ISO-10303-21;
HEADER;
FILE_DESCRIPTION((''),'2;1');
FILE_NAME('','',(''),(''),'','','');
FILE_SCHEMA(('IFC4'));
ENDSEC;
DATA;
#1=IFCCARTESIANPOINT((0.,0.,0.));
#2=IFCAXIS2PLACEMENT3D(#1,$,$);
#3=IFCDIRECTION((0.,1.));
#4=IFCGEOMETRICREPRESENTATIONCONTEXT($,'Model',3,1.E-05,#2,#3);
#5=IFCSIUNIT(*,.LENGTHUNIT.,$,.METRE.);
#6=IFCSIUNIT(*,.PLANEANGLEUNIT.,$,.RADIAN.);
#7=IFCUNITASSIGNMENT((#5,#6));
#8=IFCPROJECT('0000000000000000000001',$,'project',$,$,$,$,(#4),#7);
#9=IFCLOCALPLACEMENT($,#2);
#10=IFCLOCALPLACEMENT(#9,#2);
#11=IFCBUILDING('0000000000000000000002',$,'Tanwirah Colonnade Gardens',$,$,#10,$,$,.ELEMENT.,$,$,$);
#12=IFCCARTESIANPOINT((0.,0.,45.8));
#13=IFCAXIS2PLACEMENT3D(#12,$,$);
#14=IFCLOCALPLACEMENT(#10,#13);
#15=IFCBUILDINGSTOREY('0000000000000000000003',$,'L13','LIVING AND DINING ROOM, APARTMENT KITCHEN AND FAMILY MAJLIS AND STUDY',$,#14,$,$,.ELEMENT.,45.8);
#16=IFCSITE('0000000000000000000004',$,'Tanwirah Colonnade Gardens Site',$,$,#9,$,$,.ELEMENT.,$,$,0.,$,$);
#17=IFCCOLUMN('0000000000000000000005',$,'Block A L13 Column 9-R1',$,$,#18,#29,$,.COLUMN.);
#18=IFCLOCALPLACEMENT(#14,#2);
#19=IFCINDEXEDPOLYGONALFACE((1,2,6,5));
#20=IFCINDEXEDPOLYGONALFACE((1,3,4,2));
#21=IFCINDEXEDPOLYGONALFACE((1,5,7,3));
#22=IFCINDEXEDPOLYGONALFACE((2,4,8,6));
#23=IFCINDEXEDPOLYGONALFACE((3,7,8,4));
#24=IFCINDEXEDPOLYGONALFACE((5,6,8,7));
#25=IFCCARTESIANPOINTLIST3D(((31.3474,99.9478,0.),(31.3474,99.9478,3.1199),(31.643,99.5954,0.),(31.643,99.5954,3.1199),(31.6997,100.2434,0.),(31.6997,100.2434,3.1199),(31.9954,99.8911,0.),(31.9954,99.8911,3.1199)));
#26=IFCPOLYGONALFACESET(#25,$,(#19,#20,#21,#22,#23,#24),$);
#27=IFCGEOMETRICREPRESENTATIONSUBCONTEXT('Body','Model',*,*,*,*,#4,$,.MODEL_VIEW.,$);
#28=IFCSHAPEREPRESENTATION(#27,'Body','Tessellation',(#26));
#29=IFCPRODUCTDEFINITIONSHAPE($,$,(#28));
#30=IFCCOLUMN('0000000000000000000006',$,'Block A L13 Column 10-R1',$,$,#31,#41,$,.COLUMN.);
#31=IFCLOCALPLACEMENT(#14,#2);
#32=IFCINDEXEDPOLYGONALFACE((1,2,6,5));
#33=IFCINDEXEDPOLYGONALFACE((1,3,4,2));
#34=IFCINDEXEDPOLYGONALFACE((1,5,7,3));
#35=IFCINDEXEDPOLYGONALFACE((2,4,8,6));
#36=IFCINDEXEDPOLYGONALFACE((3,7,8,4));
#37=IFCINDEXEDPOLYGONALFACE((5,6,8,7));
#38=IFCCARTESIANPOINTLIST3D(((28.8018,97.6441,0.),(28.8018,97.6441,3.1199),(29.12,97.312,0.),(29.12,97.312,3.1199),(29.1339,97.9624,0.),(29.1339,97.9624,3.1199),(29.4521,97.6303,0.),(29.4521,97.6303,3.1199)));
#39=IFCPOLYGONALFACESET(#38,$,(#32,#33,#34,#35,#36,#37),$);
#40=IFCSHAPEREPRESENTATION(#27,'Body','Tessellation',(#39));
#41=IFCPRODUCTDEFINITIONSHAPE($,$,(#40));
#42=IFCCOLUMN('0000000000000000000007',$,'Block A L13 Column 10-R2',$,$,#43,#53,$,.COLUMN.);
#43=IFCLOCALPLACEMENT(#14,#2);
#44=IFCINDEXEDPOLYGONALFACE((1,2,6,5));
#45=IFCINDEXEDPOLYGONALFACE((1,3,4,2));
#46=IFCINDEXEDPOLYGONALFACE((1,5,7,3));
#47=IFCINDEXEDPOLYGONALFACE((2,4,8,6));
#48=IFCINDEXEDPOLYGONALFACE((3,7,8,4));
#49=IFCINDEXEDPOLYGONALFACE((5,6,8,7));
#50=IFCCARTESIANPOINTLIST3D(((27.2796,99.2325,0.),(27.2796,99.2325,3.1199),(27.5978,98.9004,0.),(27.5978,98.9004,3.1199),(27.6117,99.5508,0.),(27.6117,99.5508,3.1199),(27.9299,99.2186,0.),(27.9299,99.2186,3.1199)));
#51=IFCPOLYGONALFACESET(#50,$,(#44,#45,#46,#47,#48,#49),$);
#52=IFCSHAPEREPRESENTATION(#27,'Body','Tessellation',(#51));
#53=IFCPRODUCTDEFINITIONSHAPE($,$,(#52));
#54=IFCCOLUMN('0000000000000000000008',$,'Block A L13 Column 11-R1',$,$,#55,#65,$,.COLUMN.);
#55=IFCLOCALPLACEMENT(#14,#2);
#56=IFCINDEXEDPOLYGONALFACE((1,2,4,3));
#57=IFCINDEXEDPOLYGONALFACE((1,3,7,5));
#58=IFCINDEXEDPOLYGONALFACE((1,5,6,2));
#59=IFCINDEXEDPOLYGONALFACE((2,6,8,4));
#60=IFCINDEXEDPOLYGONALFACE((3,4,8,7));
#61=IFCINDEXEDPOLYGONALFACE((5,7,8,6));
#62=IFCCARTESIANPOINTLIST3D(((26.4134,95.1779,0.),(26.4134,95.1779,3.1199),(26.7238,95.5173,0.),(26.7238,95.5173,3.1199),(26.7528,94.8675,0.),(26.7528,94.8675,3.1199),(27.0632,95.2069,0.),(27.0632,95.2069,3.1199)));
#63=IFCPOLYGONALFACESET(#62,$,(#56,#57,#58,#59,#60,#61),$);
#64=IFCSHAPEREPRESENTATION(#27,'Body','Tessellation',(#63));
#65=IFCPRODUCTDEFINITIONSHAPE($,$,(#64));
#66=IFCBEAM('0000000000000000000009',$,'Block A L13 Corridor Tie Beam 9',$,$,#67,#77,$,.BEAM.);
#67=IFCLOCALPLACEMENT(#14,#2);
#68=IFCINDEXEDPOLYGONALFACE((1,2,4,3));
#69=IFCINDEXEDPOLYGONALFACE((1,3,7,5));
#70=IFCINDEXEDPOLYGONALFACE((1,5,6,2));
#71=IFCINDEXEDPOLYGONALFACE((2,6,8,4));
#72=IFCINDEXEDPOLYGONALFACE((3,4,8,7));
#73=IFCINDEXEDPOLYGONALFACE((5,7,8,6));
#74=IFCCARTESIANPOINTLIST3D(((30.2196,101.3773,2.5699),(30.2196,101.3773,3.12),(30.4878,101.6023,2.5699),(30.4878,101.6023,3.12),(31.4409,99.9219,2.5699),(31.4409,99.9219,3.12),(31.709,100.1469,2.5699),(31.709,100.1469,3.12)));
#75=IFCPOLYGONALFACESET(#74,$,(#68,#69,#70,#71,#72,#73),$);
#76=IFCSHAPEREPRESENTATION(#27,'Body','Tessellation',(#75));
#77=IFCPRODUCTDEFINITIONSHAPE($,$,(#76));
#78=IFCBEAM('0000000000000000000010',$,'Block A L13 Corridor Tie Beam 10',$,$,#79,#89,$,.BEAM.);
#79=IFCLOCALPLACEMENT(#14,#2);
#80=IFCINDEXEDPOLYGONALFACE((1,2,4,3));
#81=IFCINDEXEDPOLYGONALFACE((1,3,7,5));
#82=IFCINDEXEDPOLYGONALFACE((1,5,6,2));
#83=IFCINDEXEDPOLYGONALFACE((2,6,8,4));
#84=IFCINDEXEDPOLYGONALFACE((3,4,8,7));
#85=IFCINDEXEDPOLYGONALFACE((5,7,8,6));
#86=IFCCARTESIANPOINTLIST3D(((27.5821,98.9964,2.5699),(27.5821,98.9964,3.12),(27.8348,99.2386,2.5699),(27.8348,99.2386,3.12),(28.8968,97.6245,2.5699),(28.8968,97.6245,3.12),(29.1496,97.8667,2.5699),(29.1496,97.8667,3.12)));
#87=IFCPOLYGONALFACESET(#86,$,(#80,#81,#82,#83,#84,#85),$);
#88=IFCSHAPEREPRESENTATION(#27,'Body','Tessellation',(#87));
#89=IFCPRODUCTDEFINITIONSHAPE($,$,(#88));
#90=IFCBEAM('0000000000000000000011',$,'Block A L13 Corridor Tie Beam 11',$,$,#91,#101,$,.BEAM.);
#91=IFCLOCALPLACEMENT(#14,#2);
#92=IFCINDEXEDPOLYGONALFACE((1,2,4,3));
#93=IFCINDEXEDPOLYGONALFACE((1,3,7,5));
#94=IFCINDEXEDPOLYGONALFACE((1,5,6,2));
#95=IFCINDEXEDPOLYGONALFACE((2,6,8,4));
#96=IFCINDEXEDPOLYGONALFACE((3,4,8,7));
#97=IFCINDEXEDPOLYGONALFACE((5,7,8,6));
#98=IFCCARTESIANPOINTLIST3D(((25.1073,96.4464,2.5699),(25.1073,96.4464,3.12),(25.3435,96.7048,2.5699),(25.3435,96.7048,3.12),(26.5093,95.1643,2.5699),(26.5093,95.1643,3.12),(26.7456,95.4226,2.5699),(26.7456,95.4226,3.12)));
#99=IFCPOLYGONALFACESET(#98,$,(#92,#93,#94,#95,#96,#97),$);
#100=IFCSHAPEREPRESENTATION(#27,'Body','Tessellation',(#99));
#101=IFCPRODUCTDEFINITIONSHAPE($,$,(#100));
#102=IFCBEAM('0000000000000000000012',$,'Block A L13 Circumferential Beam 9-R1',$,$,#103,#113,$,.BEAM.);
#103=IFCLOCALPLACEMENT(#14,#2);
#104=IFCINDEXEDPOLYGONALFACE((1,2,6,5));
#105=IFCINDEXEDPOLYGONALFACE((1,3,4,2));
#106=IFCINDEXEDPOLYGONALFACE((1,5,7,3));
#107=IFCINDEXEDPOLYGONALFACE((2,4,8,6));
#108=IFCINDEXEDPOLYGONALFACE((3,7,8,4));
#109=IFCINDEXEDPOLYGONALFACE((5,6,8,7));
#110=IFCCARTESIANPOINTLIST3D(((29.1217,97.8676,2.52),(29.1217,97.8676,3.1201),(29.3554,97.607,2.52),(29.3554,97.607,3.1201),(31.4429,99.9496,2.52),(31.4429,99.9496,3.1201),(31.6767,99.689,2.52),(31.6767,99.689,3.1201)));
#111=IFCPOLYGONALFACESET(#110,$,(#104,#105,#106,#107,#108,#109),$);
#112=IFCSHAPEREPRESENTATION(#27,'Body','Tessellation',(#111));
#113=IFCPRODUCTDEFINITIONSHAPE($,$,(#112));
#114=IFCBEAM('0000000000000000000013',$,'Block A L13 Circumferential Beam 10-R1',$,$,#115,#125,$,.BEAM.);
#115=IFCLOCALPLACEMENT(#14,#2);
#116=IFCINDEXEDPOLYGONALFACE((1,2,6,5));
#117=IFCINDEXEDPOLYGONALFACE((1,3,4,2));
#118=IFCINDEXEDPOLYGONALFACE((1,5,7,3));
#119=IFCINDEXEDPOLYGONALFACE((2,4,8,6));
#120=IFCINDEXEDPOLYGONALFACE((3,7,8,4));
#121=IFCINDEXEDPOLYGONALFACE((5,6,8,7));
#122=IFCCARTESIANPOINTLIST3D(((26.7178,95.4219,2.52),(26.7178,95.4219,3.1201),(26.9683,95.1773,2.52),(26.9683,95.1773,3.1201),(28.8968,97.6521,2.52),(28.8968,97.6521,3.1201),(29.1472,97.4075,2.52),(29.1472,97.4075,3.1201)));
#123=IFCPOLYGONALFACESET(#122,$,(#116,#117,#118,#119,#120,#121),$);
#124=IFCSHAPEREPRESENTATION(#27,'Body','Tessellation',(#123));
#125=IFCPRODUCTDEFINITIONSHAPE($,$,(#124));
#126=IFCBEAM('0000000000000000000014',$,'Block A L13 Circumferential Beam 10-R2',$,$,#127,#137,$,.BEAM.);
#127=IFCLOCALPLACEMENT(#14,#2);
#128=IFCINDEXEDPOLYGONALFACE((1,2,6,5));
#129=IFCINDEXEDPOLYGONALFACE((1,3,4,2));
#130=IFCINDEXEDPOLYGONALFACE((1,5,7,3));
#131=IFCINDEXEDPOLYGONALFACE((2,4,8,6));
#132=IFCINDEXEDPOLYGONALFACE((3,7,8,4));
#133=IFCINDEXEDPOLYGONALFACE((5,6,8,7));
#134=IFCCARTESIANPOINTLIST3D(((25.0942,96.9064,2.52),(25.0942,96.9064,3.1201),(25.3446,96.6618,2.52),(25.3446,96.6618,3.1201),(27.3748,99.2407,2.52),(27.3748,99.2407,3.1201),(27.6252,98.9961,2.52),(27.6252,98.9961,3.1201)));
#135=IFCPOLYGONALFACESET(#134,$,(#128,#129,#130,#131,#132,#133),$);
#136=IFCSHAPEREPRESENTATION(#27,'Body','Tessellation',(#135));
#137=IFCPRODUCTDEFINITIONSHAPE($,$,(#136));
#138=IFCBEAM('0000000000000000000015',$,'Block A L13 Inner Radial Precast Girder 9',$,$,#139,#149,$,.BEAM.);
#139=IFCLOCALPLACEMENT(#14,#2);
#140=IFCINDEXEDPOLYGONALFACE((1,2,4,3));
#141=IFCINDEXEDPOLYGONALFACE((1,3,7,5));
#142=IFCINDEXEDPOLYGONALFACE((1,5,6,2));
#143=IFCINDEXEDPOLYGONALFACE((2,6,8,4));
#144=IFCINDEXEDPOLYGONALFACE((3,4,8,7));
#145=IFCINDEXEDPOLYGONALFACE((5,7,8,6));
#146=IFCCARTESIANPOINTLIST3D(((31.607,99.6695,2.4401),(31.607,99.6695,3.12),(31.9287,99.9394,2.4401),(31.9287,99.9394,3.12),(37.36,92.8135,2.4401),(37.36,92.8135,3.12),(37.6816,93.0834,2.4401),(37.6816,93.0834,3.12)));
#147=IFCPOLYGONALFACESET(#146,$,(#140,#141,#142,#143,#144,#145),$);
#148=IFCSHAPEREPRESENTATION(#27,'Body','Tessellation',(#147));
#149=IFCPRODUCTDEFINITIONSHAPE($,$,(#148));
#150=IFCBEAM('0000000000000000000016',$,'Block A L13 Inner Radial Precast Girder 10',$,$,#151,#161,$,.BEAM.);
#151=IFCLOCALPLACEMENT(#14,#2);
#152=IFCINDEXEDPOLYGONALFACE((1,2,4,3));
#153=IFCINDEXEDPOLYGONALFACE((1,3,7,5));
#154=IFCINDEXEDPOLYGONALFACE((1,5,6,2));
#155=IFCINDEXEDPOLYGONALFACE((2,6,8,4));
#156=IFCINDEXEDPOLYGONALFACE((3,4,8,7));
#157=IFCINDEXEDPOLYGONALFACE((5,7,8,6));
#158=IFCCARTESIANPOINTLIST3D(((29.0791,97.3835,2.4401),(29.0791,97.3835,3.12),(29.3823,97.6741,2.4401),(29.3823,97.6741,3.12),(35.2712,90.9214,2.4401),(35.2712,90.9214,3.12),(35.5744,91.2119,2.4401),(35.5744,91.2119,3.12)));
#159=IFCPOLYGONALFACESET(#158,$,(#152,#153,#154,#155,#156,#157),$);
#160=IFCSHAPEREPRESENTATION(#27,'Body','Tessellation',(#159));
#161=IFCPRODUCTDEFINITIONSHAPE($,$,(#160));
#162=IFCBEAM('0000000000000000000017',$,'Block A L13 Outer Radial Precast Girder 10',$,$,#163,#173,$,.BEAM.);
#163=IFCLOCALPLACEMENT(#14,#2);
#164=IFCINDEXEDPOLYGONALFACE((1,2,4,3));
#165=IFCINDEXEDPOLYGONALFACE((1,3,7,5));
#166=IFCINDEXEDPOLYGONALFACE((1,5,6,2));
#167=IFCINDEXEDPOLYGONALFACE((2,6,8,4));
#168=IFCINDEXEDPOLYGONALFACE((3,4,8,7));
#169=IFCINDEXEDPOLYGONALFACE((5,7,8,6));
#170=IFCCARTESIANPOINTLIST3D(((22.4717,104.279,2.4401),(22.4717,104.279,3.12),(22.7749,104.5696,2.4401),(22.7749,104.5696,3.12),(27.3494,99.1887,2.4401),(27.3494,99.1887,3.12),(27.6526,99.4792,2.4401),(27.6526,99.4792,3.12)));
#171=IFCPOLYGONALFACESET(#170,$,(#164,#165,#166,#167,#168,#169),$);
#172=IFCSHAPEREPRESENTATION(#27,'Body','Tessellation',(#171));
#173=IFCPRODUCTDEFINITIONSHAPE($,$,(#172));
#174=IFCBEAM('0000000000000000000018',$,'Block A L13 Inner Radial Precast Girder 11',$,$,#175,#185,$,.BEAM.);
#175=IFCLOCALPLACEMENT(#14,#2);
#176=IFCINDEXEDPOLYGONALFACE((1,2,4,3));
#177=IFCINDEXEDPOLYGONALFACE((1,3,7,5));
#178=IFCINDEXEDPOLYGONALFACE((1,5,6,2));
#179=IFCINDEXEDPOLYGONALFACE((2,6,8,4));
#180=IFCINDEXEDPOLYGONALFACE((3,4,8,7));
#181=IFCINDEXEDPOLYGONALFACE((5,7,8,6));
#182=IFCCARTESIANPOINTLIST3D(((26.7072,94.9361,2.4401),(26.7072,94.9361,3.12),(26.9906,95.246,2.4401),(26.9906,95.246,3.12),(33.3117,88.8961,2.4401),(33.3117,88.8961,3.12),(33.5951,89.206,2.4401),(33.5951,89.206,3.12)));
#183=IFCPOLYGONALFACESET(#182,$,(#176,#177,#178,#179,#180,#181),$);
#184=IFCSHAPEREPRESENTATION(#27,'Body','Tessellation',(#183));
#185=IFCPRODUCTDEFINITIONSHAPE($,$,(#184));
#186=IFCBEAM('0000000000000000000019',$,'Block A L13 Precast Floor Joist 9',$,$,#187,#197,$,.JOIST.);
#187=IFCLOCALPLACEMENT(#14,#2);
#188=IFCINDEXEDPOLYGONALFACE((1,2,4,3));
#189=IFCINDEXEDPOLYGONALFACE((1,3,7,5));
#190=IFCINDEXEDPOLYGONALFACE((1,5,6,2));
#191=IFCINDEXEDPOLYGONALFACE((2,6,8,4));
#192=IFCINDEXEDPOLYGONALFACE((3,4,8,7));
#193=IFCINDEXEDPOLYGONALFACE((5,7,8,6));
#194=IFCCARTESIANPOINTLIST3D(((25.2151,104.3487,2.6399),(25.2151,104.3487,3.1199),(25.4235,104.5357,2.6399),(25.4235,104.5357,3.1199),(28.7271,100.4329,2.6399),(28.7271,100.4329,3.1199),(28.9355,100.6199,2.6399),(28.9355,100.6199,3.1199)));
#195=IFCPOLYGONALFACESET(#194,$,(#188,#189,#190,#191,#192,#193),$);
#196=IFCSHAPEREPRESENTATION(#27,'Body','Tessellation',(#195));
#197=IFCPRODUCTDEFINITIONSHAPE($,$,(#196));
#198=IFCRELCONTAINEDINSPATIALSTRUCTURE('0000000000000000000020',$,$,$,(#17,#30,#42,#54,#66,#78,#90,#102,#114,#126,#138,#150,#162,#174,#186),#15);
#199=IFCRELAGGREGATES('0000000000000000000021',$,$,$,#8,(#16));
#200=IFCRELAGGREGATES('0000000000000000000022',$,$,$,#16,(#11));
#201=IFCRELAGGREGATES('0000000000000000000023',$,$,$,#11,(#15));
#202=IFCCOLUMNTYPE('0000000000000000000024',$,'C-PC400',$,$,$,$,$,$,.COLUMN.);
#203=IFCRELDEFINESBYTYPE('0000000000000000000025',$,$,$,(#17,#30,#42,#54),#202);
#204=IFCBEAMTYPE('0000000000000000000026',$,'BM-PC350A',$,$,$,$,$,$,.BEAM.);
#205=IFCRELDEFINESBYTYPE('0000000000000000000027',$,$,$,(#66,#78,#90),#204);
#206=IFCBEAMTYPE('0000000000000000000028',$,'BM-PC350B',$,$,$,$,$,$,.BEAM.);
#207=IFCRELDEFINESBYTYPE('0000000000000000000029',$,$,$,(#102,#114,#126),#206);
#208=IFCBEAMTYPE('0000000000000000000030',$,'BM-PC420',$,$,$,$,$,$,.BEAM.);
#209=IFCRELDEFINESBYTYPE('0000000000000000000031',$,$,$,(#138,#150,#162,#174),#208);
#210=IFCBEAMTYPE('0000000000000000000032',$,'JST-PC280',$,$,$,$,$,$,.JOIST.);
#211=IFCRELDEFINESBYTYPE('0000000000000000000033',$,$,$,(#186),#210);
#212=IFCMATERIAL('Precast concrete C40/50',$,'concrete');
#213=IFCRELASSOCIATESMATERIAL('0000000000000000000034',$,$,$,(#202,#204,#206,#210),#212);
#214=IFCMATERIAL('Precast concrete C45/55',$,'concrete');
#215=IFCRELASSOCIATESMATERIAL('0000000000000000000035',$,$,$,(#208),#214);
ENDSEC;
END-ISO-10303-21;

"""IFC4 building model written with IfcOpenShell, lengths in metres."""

from ifc_helpers import new_model, si_unit, direction, frame, origin, origin_2d, place, context, subcontext, project, spatial, rectangle, extrude, material, material_profile, profile_set, type_object, element, save


model = new_model("IFC4")

# Units and contexts
model_context = context("Model", 3, precision=1e-05, world=origin(), true_north=direction((0.0, 1.0)))
body_context = subcontext(model_context, "Body", "Model", "MODEL_VIEW")
ifc_project = project(units=[si_unit("LENGTHUNIT", "METRE"), si_unit("PLANEANGLEUNIT", "RADIAN")], contexts=[model_context])

# Site, building, storey
site_placement = place(None, origin())
site = spatial("IfcSite", under=ifc_project, at=site_placement, Name="Tanwirah Colonnade Gardens Site", CompositionType="ELEMENT", RefElevation=0.0)
building_placement = place(site_placement, origin())
building = spatial("IfcBuilding", under=site, at=building_placement, Name="Tanwirah Colonnade Gardens", CompositionType="ELEMENT")
storey_placement = place(building_placement, frame((0.0, 0.0, 45.8)))
storey = spatial("IfcBuildingStorey", under=building, at=storey_placement, Name="L13", Description="LIVING AND DINING ROOM, APARTMENT KITCHEN AND FAMILY MAJLIS AND STUDY", CompositionType="ELEMENT", Elevation=45.8)

# Columns
ifc_material_1 = material(Name="Precast concrete C40/50", Category="concrete")
ifc_material_profile_1 = material_profile(ifc_material_1, rectangle(XDim=0.46, YDim=0.46, at=origin_2d()), Name="PC-COL 460x460")
ifc_profile_set_1 = profile_set([ifc_material_profile_1], Name="Precast concrete C40/50")
column_type = type_object("IfcColumnType", Name="C-PC400", PredefinedType="COLUMN", material=ifc_profile_set_1)
for number, where, z_axis, x_axis, name in (
    (1, (31.6714, 99.9194, 0.0), (0.0, 0.0, 1.0), (-0.642788, 0.766044, 0.0), "Block A L13 Column 9-R1"),
    (2, (29.127, 97.6372, 0.0), (0.0, 0.0, 1.0), (-0.691863, 0.722029, 0.0), "Block A L13 Column 10-R1"),
    (3, (27.6047, 99.2256, 0.0), (0.0, 0.0, 1.0), (-0.691863, 0.722029, 0.0), "Block A L13 Column 10-R2"),
    (4, (26.7383, 95.1924, 0.0), (0.0, 0.0, 1.0), (-0.737932, 0.674875, 0.0), "Block A L13 Column 11-R1"),
):
    element("IfcColumn", number, at=place(storey_placement, frame(where, z_axis=z_axis, x_axis=x_axis)), inside=storey, type_object=column_type, Name=name, PredefinedType="COLUMN", context=body_context, shape_type="SweptSolid", body=[
        extrude(rectangle(XDim=0.46, YDim=0.46, at=origin_2d()), origin(), (0.0, 0.0, 1.0), 3.1199),
    ])

# Beams
ifc_material_profile_2 = material_profile(ifc_material_1, rectangle(XDim=0.3501, YDim=0.55, at=origin_2d()), Name="PC-BM 350x550")
ifc_profile_set_2 = profile_set([ifc_material_profile_2], Name="Precast concrete C40/50")
beam_type_1 = type_object("IfcBeamType", Name="BM-PC350A", PredefinedType="BEAM", material=ifc_profile_set_2)
beam_1_placement = place(storey_placement, frame((31.575, 100.0344, 2.845), z_axis=(-0.642797, 0.766036, 0.0), x_axis=(-0.766036, -0.642797, 0.0)))
element("IfcBeam", 5, at=beam_1_placement, inside=storey, type_object=beam_type_1, Name="Block A L13 Corridor Tie Beam 9", PredefinedType="BEAM", context=body_context, shape_type="SweptSolid", body=[
    extrude(rectangle(XDim=0.3501, YDim=0.55, at=origin_2d()), origin(), (0.0, 0.0, 1.0), 1.8999),
])
beam_2_placement = place(storey_placement, frame((29.0232, 97.7456, 2.845), z_axis=(-0.691914, 0.72198, 0.0), x_axis=(-0.72198, -0.691914, 0.0)))
element("IfcBeam", 6, at=beam_2_placement, inside=storey, type_object=beam_type_1, Name="Block A L13 Corridor Tie Beam 10", PredefinedType="BEAM", context=body_context, shape_type="SweptSolid", body=[
    extrude(rectangle(XDim=0.3501, YDim=0.55, at=origin_2d()), origin(), (0.0, 0.0, 1.0), 1.9001),
])
beam_3_placement = place(storey_placement, frame((26.6274, 95.2935, 2.845), z_axis=(-0.737948, 0.674857, 0.0), x_axis=(-0.674857, -0.737948, 0.0)))
element("IfcBeam", 7, at=beam_3_placement, inside=storey, type_object=beam_type_1, Name="Block A L13 Corridor Tie Beam 11", PredefinedType="BEAM", context=body_context, shape_type="SweptSolid", body=[
    extrude(rectangle(XDim=0.3501, YDim=0.55, at=origin_2d()), origin(), (0.0, 0.0, 1.0), 1.8999),
])
ifc_material_profile_3 = material_profile(ifc_material_1, rectangle(XDim=0.3501, YDim=0.6001, at=origin_2d()), Name="PC-BM 350x600")
ifc_profile_set_3 = profile_set([ifc_material_profile_3], Name="Precast concrete C40/50")
beam_type_2 = type_object("IfcBeamType", Name="BM-PC350B", PredefinedType="BEAM", material=ifc_profile_set_3)
beam_4_placement = place(storey_placement, frame((31.5598, 99.8193, 2.8201), z_axis=(-0.74443, -0.667701, 0.0), x_axis=(0.667701, -0.74443, 0.0)))
element("IfcBeam", 8, at=beam_4_placement, inside=storey, type_object=beam_type_2, Name="Block A L13 Circumferential Beam 9-R1", PredefinedType="BEAM", context=body_context, shape_type="SweptSolid", body=[
    extrude(rectangle(XDim=0.3501, YDim=0.6001, at=origin_2d()), origin(), (0.0, 0.0, 1.0), 3.1182),
])
beam_5_placement = place(storey_placement, frame((29.022, 97.5298, 2.8201), z_axis=(-0.698837, -0.715281, 0.0), x_axis=(0.715281, -0.698837, 0.0)))
element("IfcBeam", 9, at=beam_5_placement, inside=storey, type_object=beam_type_2, Name="Block A L13 Circumferential Beam 10-R1", PredefinedType="BEAM", context=body_context, shape_type="SweptSolid", body=[
    extrude(rectangle(XDim=0.3501, YDim=0.6001, at=origin_2d()), origin(), (0.0, 0.0, 1.0), 3.1179),
])
beam_6_placement = place(storey_placement, frame((27.5, 99.1184, 2.8201), z_axis=(-0.698829, -0.715288, 0.0), x_axis=(0.715288, -0.698829, 0.0)))
element("IfcBeam", 10, at=beam_6_placement, inside=storey, type_object=beam_type_2, Name="Block A L13 Circumferential Beam 10-R2", PredefinedType="BEAM", context=body_context, shape_type="SweptSolid", body=[
    extrude(rectangle(XDim=0.3501, YDim=0.6001, at=origin_2d()), origin(), (0.0, 0.0, 1.0), 3.2634),
])
ifc_material_2 = material(Name="Precast concrete C45/55", Category="concrete")
ifc_material_profile_4 = material_profile(ifc_material_2, rectangle(XDim=0.4199, YDim=0.6799, at=origin_2d()), Name="PC-BM 420x680")
ifc_profile_set_4 = profile_set([ifc_material_profile_4], Name="Precast concrete C45/55")
beam_type_3 = type_object("IfcBeamType", Name="BM-PC420", PredefinedType="BEAM", material=ifc_profile_set_4)
for number, where, z_axis, x_axis, name in (
    (11, (31.7678, 99.8044, 2.78), (0.642794, -0.766039, 0.0), (0.766039, 0.642794, 0.0), "Block A L13 Inner Radial Precast Girder 9"),
    (12, (29.2307, 97.5288, 2.78), (0.691861, -0.722031, 0.0), (0.722031, 0.691861, 0.0), "Block A L13 Inner Radial Precast Girder 10"),
):
    element("IfcBeam", number, at=place(storey_placement, frame(where, z_axis=z_axis, x_axis=x_axis)), inside=storey, type_object=beam_type_3, Name=name, PredefinedType="BEAM", context=body_context, shape_type="SweptSolid", body=[
        extrude(rectangle(XDim=0.4199, YDim=0.6799, at=origin_2d()), origin(), (0.0, 0.0, 1.0), 8.95),
    ])
beam_7_placement = place(storey_placement, frame((27.501, 99.334, 2.78), z_axis=(-0.691865, 0.722027, 0.0), x_axis=(-0.722027, -0.691865, 0.0)))
element("IfcBeam", 13, at=beam_7_placement, inside=storey, type_object=beam_type_3, Name="Block A L13 Outer Radial Precast Girder 10", PredefinedType="BEAM", context=body_context, shape_type="SweptSolid", body=[
    extrude(rectangle(XDim=0.4199, YDim=0.6799, at=origin_2d()), origin(), (0.0, 0.0, 1.0), 7.05),
])
beam_8_placement = place(storey_placement, frame((26.8489, 95.0911, 2.78), z_axis=(0.737937, -0.674869, 0.0), x_axis=(0.674869, 0.737937, 0.0)))
element("IfcBeam", 14, at=beam_8_placement, inside=storey, type_object=beam_type_3, Name="Block A L13 Inner Radial Precast Girder 11", PredefinedType="BEAM", context=body_context, shape_type="SweptSolid", body=[
    extrude(rectangle(XDim=0.4199, YDim=0.6799, at=origin_2d()), origin(), (0.0, 0.0, 1.0), 8.95),
])
ifc_material_profile_5 = material_profile(ifc_material_1, rectangle(XDim=0.28, YDim=0.48, at=origin_2d()), Name="PC-JST 280x480")
ifc_profile_set_5 = profile_set([ifc_material_profile_5], Name="Precast concrete C40/50")
beam_type_4 = type_object("IfcBeamType", Name="JST-PC280", PredefinedType="JOIST", material=ifc_profile_set_5)
beam_9_placement = place(storey_placement, frame((28.8313, 100.5264, 2.8799), z_axis=(-0.667679, 0.744449, 0.0), x_axis=(-0.744449, -0.667679, 0.0)))
element("IfcBeam", 15, at=beam_9_placement, inside=storey, type_object=beam_type_4, Name="Block A L13 Precast Floor Joist 9", PredefinedType="JOIST", context=body_context, shape_type="SweptSolid", body=[
    extrude(rectangle(XDim=0.28, YDim=0.48, at=origin_2d()), origin(), (0.0, 0.0, 1.0), 5.26),
])

save(model, "model.ifc")
